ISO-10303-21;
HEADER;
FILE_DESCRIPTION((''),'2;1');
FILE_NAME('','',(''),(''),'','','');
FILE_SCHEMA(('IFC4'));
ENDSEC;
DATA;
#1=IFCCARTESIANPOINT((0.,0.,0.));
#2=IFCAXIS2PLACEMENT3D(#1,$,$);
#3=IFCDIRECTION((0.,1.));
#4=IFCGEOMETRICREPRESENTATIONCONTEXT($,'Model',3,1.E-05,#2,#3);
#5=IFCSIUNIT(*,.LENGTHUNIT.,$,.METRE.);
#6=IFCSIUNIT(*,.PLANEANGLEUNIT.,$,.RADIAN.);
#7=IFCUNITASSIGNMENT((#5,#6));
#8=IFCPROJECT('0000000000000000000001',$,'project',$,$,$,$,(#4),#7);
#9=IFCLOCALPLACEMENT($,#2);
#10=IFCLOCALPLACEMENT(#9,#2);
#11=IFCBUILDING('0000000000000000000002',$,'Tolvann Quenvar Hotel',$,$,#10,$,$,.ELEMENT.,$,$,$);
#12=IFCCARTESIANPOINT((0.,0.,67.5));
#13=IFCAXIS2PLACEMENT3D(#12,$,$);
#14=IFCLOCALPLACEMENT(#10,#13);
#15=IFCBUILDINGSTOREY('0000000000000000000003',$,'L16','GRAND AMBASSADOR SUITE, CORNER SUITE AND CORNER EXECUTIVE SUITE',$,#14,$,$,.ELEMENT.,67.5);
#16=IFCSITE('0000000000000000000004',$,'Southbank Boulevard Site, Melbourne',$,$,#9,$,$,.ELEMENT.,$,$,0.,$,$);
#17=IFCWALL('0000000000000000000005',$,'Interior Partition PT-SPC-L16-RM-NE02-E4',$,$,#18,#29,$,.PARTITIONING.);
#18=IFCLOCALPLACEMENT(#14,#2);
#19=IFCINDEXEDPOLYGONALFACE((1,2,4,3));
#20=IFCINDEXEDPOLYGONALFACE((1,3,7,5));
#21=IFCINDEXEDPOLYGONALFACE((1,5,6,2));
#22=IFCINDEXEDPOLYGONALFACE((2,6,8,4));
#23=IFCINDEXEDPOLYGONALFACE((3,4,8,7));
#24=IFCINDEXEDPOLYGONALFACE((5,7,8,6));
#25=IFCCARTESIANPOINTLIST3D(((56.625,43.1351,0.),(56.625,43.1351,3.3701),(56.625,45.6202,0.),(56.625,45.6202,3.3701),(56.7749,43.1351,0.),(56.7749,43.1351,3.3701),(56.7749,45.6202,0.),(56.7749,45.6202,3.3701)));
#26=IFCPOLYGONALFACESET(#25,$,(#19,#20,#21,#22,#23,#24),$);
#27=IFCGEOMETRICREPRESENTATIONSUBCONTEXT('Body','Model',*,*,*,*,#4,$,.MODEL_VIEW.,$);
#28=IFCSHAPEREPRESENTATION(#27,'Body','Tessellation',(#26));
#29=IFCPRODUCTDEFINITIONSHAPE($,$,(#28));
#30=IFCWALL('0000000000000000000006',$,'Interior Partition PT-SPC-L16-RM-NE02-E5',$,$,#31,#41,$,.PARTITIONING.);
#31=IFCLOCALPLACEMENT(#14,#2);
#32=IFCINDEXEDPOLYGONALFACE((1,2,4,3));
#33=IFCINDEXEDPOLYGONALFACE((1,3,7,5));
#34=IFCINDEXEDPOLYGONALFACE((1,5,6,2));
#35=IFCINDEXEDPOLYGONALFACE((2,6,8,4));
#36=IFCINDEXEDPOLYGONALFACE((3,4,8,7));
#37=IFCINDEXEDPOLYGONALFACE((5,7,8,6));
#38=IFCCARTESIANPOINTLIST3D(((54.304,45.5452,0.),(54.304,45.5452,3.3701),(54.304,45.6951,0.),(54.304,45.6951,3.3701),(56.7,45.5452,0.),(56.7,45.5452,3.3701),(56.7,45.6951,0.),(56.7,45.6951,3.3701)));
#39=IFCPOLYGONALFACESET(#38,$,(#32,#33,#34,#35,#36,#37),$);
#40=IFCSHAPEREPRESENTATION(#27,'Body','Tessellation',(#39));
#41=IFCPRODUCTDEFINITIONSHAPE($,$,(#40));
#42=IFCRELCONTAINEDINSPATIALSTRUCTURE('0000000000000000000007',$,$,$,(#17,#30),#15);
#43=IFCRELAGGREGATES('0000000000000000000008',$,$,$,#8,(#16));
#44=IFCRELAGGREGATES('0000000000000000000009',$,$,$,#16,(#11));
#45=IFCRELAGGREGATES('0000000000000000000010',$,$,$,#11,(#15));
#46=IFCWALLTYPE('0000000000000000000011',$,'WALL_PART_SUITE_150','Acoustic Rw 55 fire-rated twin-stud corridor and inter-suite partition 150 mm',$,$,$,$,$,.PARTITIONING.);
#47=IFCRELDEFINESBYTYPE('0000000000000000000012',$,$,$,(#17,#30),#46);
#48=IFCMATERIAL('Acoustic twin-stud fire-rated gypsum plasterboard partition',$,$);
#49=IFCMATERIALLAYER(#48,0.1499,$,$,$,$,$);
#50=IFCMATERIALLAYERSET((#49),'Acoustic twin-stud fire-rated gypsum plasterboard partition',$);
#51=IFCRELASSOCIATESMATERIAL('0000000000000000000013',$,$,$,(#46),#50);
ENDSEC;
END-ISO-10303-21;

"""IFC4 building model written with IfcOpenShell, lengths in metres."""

from ifc_helpers import new_model, si_unit, direction, frame, frame_2d, origin, place, context, subcontext, project, spatial, rectangle, extrude, material, layer, layer_set, type_object, element, save


model = new_model("IFC4")

# Units and contexts
model_context = context("Model", 3, precision=1e-05, world=origin(), true_north=direction((0.0, 1.0)))
body_context = subcontext(model_context, "Body", "Model", "MODEL_VIEW")
ifc_project = project(units=[si_unit("LENGTHUNIT", "METRE"), si_unit("PLANEANGLEUNIT", "RADIAN")], contexts=[model_context])

# Site, building, storey
site_placement = place(None, origin())
site = spatial("IfcSite", under=ifc_project, at=site_placement, Name="Southbank Boulevard Site, Melbourne", CompositionType="ELEMENT", RefElevation=0.0)
building_placement = place(site_placement, origin())
building = spatial("IfcBuilding", under=site, at=building_placement, Name="Tolvann Quenvar Hotel", CompositionType="ELEMENT")
storey_placement = place(building_placement, frame((0.0, 0.0, 67.5)))
storey = spatial("IfcBuildingStorey", under=building, at=storey_placement, Name="L16", Description="GRAND AMBASSADOR SUITE, CORNER SUITE AND CORNER EXECUTIVE SUITE", CompositionType="ELEMENT", Elevation=67.5)

# Walls
ifc_material_1 = material(Name="Acoustic twin-stud fire-rated gypsum plasterboard partition")
ifc_layer_1 = layer(ifc_material_1, 0.1499)
ifc_layer_set_1 = layer_set([ifc_layer_1], Name="Acoustic twin-stud fire-rated gypsum plasterboard partition")
wall_type_1 = type_object("IfcWallType", Name="WALL_PART_SUITE_150", Description="Acoustic Rw 55 fire-rated twin-stud corridor and inter-suite partition 150 mm", PredefinedType="PARTITIONING", material=ifc_layer_set_1)
wall_1_placement = place(storey_placement, frame((56.7, 43.135, 0.0), z_axis=(0.0, 0.0, 1.0), x_axis=(0.0, 1.0, 0.0)))
element("IfcWall", 1, at=wall_1_placement, inside=storey, type_object=wall_type_1, Name="Interior Partition PT-SPC-L16-RM-NE02-E4", PredefinedType="PARTITIONING", context=body_context, shape_type="SweptSolid", body=[
    extrude(rectangle(XDim=2.4851, YDim=0.1499, at=frame_2d((1.2427, 0.0))), origin(), (0.0, 0.0, 1.0), 3.3701),
])
wall_2_placement = place(storey_placement, frame((54.304, 45.6201, 0.0), z_axis=(0.0, 0.0, 1.0), x_axis=(1.0, 0.0, 0.0)))
element("IfcWall", 2, at=wall_2_placement, inside=storey, type_object=wall_type_1, Name="Interior Partition PT-SPC-L16-RM-NE02-E5", PredefinedType="PARTITIONING", context=body_context, shape_type="SweptSolid", body=[
    extrude(rectangle(XDim=2.396, YDim=0.1499, at=frame_2d((1.198, 0.0))), origin(), (0.0, 0.0, 1.0), 3.3701),
])

save(model, "model.ifc")
